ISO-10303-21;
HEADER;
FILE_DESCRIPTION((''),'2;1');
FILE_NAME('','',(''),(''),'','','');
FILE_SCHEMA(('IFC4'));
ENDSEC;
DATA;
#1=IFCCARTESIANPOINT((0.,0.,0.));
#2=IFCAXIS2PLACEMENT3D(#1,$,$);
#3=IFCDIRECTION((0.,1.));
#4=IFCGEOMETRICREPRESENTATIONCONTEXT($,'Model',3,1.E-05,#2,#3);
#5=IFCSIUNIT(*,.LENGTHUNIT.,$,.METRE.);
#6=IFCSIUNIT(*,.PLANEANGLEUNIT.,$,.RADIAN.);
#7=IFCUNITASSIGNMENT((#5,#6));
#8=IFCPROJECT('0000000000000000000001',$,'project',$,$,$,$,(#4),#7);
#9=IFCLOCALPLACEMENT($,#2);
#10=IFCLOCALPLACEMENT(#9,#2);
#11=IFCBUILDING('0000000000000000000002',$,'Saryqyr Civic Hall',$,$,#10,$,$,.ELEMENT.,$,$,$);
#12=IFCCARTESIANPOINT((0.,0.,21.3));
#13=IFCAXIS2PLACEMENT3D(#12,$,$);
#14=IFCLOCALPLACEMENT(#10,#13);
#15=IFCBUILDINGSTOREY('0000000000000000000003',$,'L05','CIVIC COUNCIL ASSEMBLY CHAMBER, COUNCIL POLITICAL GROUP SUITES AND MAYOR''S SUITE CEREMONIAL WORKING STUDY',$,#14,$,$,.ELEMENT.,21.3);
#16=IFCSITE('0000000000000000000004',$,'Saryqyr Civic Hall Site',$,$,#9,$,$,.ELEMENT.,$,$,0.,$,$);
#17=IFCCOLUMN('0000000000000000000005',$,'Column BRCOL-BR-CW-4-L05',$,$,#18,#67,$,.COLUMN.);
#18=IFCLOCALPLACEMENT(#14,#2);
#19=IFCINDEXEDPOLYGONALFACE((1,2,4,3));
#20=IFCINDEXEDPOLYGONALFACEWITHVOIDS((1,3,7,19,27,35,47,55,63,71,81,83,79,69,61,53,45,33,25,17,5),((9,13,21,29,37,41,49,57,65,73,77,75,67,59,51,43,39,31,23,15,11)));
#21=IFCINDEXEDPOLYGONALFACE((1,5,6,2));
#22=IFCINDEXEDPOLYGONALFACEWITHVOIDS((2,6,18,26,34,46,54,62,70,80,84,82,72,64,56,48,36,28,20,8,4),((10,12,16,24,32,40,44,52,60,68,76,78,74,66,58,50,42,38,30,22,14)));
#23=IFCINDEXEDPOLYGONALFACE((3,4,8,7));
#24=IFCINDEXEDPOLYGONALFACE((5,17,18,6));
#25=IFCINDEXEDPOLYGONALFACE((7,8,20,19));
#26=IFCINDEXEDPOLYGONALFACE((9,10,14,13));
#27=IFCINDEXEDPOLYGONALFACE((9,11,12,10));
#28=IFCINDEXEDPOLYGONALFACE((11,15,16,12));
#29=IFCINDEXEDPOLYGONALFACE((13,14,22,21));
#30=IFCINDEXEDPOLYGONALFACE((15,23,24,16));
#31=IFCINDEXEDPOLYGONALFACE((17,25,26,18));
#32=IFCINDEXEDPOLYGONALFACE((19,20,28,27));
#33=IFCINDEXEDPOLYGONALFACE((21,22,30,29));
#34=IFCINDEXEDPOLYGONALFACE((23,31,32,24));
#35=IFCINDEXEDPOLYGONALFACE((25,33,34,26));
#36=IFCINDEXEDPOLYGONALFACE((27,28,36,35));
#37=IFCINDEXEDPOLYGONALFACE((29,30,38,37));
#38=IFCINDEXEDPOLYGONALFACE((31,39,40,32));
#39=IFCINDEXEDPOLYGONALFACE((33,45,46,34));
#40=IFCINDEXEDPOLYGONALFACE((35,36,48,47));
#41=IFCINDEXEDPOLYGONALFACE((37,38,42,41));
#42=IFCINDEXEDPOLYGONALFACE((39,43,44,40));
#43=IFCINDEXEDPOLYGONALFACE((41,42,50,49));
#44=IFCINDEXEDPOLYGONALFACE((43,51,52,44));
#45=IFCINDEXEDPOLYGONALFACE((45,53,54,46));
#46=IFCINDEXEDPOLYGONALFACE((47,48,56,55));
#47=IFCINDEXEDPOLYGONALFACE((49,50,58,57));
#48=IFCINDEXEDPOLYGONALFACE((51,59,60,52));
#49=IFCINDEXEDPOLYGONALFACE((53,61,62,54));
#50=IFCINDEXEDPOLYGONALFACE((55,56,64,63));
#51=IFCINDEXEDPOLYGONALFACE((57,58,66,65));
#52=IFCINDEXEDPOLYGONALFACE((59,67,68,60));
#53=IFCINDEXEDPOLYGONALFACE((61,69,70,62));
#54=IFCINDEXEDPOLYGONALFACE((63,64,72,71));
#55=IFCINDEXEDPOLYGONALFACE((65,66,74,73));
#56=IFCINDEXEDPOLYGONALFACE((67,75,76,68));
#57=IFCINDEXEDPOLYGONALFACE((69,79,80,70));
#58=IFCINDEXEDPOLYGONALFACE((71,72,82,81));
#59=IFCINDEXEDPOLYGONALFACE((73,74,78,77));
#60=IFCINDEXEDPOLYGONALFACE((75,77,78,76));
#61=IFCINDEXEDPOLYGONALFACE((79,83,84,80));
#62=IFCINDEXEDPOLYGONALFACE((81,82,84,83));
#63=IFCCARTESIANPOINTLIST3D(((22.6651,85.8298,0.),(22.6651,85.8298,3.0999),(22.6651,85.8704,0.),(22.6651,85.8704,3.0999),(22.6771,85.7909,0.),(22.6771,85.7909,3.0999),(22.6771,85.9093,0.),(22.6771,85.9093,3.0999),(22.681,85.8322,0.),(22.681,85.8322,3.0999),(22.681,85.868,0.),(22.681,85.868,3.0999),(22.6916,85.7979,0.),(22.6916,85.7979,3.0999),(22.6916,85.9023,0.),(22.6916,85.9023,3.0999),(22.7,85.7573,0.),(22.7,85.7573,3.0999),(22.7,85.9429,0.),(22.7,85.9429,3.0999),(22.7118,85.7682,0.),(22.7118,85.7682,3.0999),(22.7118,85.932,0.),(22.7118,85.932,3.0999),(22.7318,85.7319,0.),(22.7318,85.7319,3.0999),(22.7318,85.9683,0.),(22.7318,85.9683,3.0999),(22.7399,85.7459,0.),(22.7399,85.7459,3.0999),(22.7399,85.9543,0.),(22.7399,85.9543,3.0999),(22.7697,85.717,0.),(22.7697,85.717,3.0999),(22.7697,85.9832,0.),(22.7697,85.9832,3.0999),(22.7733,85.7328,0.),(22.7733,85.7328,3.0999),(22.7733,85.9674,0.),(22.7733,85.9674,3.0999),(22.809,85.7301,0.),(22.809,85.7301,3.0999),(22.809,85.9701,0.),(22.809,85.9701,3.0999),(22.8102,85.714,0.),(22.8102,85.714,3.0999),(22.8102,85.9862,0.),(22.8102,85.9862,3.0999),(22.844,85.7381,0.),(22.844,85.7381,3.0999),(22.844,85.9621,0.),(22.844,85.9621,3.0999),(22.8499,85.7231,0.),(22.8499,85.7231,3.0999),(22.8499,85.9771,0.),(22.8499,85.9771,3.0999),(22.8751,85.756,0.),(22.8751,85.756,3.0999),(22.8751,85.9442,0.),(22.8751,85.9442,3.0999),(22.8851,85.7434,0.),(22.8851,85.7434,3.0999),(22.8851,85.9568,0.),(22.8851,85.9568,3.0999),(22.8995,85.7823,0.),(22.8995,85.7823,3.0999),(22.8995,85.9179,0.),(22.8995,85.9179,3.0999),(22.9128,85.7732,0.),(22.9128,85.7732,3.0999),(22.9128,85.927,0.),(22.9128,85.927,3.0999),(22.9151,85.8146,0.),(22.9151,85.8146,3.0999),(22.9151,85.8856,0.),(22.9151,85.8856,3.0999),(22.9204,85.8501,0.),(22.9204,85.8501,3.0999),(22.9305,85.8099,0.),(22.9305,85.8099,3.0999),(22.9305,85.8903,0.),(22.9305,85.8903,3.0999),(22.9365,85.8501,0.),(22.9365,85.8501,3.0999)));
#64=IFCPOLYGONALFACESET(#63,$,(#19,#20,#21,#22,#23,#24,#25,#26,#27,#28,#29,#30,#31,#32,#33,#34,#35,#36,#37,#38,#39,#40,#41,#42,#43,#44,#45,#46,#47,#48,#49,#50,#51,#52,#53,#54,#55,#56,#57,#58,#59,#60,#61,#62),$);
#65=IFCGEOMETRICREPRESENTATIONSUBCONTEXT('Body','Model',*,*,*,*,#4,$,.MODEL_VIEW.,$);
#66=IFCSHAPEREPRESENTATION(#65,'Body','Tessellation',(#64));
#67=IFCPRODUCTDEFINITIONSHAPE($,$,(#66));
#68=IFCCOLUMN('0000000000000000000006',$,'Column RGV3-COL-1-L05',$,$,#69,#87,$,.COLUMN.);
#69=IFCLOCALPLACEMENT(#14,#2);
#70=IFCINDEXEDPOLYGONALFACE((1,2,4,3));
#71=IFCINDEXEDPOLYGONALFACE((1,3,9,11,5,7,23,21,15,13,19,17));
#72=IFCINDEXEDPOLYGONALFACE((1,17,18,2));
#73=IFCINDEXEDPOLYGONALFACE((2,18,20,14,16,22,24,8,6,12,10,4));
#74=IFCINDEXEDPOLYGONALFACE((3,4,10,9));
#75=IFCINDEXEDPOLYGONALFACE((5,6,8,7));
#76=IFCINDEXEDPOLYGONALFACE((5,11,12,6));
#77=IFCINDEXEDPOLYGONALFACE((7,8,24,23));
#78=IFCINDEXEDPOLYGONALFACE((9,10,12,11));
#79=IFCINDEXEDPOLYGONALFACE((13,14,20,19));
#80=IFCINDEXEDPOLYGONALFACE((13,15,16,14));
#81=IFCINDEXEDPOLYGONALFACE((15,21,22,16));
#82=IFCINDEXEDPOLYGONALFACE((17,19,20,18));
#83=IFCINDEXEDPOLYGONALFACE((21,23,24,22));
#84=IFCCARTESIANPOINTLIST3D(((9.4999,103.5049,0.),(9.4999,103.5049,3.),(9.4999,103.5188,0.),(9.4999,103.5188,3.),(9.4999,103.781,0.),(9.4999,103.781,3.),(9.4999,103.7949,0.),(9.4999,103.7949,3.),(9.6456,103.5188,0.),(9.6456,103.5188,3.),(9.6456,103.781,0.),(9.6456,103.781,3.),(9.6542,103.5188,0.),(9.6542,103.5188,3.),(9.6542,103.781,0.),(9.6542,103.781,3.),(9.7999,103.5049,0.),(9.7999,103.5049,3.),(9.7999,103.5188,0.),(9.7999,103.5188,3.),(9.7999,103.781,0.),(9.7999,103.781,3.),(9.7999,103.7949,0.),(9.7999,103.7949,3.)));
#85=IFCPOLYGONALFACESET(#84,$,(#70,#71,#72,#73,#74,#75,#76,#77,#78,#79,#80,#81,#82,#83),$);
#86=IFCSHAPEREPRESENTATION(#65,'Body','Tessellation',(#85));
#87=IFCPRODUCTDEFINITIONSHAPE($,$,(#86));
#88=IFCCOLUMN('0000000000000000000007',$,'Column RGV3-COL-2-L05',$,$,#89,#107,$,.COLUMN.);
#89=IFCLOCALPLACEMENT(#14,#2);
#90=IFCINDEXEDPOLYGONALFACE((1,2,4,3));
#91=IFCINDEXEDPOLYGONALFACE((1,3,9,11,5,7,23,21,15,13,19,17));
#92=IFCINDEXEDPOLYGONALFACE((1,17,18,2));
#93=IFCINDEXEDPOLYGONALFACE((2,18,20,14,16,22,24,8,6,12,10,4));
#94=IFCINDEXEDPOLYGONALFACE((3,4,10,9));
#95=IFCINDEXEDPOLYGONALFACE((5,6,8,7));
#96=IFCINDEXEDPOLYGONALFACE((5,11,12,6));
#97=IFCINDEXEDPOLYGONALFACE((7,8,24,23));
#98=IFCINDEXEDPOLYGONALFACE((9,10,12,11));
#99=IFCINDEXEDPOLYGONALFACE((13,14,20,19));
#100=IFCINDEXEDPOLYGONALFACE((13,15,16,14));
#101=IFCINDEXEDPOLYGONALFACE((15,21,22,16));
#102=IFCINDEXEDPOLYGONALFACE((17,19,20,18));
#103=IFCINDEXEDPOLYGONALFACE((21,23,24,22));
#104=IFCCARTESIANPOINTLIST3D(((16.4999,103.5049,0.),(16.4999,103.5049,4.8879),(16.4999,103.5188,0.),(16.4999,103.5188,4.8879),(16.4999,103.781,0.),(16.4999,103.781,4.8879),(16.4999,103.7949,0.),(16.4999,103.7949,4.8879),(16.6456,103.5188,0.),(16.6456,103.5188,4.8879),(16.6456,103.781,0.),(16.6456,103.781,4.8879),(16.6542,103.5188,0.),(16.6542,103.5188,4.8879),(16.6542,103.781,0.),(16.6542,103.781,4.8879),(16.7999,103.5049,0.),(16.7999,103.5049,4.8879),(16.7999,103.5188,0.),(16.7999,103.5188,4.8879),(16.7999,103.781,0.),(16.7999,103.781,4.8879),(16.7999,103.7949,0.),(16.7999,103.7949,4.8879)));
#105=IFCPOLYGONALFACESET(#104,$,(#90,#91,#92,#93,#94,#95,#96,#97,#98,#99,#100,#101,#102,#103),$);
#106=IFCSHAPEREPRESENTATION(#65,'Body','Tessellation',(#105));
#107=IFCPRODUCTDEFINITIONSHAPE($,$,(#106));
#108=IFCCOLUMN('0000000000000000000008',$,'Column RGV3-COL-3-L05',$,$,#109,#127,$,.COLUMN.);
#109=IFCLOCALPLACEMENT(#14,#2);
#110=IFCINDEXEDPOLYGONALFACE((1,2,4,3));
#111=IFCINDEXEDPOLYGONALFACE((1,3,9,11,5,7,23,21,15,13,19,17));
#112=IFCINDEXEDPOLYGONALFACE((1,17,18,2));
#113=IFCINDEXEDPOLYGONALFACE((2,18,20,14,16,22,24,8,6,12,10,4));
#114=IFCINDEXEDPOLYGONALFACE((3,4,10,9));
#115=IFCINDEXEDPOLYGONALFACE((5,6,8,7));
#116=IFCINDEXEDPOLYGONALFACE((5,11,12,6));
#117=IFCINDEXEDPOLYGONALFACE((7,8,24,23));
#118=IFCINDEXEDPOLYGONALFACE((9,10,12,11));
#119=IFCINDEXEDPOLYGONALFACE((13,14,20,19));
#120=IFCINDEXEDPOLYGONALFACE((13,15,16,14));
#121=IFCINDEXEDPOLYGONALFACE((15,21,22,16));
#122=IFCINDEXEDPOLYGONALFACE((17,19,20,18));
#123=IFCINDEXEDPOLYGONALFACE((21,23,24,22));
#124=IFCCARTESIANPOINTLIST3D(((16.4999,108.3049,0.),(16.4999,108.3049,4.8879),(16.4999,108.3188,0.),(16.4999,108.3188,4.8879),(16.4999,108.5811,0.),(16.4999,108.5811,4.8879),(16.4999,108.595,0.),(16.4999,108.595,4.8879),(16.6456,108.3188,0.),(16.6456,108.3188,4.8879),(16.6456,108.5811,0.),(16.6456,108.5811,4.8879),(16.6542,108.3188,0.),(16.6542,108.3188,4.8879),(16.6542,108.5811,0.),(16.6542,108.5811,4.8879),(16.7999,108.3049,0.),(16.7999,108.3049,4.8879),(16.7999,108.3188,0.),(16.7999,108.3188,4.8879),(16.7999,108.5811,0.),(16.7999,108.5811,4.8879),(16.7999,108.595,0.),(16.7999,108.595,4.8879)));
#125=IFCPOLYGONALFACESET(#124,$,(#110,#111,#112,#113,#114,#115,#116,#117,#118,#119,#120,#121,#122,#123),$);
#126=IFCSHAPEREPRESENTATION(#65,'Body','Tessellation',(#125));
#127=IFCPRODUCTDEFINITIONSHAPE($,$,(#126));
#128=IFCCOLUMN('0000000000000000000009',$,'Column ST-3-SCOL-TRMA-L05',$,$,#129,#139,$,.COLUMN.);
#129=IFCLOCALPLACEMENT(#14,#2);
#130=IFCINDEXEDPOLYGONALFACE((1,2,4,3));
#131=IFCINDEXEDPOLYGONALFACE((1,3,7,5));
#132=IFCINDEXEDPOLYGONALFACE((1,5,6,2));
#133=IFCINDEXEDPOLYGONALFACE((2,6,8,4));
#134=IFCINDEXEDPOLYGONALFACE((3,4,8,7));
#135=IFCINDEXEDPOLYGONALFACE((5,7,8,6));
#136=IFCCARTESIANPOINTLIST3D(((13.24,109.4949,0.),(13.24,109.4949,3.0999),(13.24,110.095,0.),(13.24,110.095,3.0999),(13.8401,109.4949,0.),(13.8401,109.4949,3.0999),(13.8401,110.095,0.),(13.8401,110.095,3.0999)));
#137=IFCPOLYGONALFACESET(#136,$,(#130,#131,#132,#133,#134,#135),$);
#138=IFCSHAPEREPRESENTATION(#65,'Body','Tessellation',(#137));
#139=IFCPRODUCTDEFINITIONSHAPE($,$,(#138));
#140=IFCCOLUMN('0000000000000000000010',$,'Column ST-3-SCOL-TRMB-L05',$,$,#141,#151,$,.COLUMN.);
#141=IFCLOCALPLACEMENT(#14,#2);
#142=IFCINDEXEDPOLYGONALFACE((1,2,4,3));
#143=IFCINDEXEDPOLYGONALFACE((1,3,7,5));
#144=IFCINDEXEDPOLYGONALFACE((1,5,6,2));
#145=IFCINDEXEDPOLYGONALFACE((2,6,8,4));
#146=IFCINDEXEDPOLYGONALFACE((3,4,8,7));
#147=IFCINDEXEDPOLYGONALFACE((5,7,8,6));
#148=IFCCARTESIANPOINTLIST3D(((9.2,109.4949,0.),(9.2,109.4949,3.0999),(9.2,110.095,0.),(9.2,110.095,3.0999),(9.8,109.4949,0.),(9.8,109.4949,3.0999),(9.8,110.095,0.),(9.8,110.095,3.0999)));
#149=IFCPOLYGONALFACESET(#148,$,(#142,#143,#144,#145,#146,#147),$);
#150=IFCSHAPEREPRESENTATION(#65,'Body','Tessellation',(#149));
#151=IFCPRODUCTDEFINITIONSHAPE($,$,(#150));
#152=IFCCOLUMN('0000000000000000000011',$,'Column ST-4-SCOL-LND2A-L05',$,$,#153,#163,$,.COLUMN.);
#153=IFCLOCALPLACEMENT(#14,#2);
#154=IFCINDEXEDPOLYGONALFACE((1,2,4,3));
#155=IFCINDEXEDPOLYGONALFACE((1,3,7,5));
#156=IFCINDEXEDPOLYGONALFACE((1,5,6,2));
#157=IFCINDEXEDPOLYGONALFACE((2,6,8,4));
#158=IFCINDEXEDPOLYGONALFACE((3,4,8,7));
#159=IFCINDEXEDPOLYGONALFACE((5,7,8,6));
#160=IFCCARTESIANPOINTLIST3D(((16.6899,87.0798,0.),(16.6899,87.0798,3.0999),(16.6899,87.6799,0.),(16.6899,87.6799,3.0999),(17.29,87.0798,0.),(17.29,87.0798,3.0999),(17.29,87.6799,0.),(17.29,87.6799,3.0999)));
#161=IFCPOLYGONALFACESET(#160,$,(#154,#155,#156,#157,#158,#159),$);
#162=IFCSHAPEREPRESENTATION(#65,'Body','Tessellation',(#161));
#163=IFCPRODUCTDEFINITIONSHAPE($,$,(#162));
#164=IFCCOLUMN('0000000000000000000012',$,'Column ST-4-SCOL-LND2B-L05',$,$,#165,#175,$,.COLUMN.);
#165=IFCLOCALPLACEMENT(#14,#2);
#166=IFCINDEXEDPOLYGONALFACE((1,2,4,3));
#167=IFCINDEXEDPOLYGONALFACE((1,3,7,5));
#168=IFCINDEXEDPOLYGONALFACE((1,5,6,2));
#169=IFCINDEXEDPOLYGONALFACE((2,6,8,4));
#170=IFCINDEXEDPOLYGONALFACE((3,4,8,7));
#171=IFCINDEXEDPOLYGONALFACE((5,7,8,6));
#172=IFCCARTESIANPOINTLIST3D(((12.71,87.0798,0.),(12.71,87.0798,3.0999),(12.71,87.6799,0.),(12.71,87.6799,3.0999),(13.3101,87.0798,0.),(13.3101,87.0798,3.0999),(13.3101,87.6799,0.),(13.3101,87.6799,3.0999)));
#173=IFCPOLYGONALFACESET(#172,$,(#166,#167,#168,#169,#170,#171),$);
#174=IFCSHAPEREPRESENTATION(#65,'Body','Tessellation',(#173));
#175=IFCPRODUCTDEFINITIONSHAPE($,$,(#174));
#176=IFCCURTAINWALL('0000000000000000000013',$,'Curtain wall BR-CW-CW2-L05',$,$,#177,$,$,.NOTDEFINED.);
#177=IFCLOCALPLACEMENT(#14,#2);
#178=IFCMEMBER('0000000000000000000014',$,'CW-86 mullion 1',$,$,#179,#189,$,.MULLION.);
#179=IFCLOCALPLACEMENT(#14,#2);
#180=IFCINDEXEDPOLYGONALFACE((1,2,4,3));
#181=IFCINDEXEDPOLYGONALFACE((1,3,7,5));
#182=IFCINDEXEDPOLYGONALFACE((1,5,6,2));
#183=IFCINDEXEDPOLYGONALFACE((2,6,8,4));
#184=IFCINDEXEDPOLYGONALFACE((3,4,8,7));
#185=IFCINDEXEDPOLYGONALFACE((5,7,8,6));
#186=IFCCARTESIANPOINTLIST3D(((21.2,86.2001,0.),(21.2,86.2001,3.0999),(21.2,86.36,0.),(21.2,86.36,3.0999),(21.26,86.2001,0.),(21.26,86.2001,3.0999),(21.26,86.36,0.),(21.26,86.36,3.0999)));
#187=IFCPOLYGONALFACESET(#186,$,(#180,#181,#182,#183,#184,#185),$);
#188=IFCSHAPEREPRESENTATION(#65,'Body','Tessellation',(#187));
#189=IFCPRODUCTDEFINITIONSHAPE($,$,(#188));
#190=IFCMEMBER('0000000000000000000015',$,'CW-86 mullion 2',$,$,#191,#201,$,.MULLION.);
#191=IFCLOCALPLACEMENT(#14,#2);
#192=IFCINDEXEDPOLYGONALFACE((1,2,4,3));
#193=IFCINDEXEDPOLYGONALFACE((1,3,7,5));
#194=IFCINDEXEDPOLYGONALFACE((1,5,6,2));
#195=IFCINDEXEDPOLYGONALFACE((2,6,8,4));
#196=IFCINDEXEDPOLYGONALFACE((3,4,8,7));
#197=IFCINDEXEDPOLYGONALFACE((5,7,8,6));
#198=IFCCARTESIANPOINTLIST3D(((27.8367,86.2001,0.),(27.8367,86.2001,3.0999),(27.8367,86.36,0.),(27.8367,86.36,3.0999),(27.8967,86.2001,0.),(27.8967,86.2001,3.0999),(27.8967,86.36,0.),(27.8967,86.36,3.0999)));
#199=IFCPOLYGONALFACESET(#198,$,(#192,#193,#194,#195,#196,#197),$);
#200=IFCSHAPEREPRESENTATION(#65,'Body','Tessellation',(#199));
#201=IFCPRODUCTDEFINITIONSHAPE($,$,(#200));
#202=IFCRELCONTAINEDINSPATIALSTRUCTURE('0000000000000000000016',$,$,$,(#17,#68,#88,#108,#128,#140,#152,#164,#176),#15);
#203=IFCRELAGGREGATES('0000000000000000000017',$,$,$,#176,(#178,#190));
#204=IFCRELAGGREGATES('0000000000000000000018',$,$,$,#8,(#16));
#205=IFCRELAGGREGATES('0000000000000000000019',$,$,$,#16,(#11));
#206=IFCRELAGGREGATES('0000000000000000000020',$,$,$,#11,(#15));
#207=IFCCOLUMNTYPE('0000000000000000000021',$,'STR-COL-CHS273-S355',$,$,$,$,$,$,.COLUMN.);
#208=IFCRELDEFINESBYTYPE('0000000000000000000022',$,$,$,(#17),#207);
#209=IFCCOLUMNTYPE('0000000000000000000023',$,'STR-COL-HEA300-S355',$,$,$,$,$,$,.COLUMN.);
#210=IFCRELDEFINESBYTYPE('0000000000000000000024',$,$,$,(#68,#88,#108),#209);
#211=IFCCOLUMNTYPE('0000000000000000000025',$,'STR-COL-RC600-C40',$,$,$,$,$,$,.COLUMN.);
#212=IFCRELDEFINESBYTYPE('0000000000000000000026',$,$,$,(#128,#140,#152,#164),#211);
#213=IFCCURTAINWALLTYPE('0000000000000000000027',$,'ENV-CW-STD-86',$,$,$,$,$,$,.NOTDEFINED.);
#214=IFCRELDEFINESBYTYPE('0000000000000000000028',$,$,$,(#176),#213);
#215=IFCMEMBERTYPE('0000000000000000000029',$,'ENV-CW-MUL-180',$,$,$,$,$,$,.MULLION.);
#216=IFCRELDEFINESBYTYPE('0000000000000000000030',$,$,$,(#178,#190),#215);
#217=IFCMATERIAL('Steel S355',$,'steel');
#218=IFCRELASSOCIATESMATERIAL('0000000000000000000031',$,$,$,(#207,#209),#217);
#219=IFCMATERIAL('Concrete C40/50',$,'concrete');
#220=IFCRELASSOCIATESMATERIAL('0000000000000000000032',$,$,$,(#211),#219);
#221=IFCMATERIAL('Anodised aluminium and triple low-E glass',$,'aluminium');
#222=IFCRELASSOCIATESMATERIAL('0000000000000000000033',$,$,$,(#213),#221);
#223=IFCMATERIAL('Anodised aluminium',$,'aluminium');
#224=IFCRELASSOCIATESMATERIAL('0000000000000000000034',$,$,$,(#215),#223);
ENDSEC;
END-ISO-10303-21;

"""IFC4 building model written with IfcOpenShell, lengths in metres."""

from ifc_helpers import new_model, si_unit, direction, frame, origin, origin_2d, place, context, subcontext, project, spatial, rectangle, hollow_circle, i_section, extrude, material, material_profile, profile_set, type_object, element, aggregate, save


model = new_model("IFC4")

# Units and contexts
model_context = context("Model", 3, precision=1e-05, world=origin(), true_north=direction((0.0, 1.0)))
body_context = subcontext(model_context, "Body", "Model", "MODEL_VIEW")
ifc_project = project(units=[si_unit("LENGTHUNIT", "METRE"), si_unit("PLANEANGLEUNIT", "RADIAN")], contexts=[model_context])

# Site, building, storey
site_placement = place(None, origin())
site = spatial("IfcSite", under=ifc_project, at=site_placement, Name="Saryqyr Civic Hall Site", CompositionType="ELEMENT", RefElevation=0.0)
building_placement = place(site_placement, origin())
building = spatial("IfcBuilding", under=site, at=building_placement, Name="Saryqyr Civic Hall", CompositionType="ELEMENT")
storey_placement = place(building_placement, frame((0.0, 0.0, 21.3)))
storey = spatial("IfcBuildingStorey", under=building, at=storey_placement, Name="L05", Description="CIVIC COUNCIL ASSEMBLY CHAMBER, COUNCIL POLITICAL GROUP SUITES AND MAYOR'S SUITE CEREMONIAL WORKING STUDY", CompositionType="ELEMENT", Elevation=21.3)

# Columns
ifc_material_1 = material(Name="Steel S355", Category="steel")
ifc_material_profile_1 = material_profile(ifc_material_1, hollow_circle(Radius=0.1365, WallThickness=0.0161, at=origin_2d()), Name="CHS 273x16")
ifc_profile_set_1 = profile_set([ifc_material_profile_1], Name="Steel S355")
column_type_1 = type_object("IfcColumnType", Name="STR-COL-CHS273-S355", PredefinedType="COLUMN", material=ifc_profile_set_1)
column_1_placement = place(storey_placement, frame((22.8, 85.8501, 0.0), z_axis=(0.0, 0.0, 1.0), x_axis=(1.0, 0.0, 0.0)))
element("IfcColumn", 1, at=column_1_placement, inside=storey, type_object=column_type_1, Name="Column BRCOL-BR-CW-4-L05", PredefinedType="COLUMN", context=body_context, shape_type="SweptSolid", body=[
    extrude(hollow_circle(Radius=0.1365, WallThickness=0.0161, at=origin_2d()), origin(), (0.0, 0.0, 1.0), 3.0999),
])
ifc_material_profile_2 = material_profile(ifc_material_1, i_section(OverallWidth=0.3, OverallDepth=0.29, WebThickness=0.0085, FlangeThickness=0.0139, at=origin_2d()), Name="HEA 300")
ifc_profile_set_2 = profile_set([ifc_material_profile_2], Name="Steel S355")
column_type_2 = type_object("IfcColumnType", Name="STR-COL-HEA300-S355", PredefinedType="COLUMN", material=ifc_profile_set_2)
column_2_placement = place(storey_placement, frame((9.6499, 103.6499, 0.0), z_axis=(0.0, 0.0, 1.0), x_axis=(1.0, 0.0, 0.0)))
element("IfcColumn", 2, at=column_2_placement, inside=storey, type_object=column_type_2, Name="Column RGV3-COL-1-L05", PredefinedType="COLUMN", context=body_context, shape_type="SweptSolid", body=[
    extrude(i_section(OverallWidth=0.3, OverallDepth=0.29, WebThickness=0.0085, FlangeThickness=0.0139, at=origin_2d()), origin(), (0.0, 0.0, 1.0), 3.0),
])
for number, where, z_axis, x_axis, name in (
    (3, (16.6499, 103.6499, 0.0), (0.0, 0.0, 1.0), (1.0, 0.0, 0.0), "Column RGV3-COL-2-L05"),
    (4, (16.6499, 108.45, 0.0), (0.0, 0.0, 1.0), (1.0, 0.0, 0.0), "Column RGV3-COL-3-L05"),
):
    element("IfcColumn", number, at=place(storey_placement, frame(where, z_axis=z_axis, x_axis=x_axis)), inside=storey, type_object=column_type_2, Name=name, PredefinedType="COLUMN", context=body_context, shape_type="SweptSolid", body=[
        extrude(i_section(OverallWidth=0.3, OverallDepth=0.29, WebThickness=0.0085, FlangeThickness=0.0139, at=origin_2d()), origin(), (0.0, 0.0, 1.0), 4.8879),
    ])
ifc_material_2 = material(Name="Concrete C40/50", Category="concrete")
ifc_material_profile_3 = material_profile(ifc_material_2, rectangle(XDim=0.6001, YDim=0.6001, at=origin_2d()), Name="RC 600x600")
ifc_profile_set_3 = profile_set([ifc_material_profile_3], Name="Concrete C40/50")
column_type_3 = type_object("IfcColumnType", Name="STR-COL-RC600-C40", PredefinedType="COLUMN", material=ifc_profile_set_3)
for number, where, z_axis, x_axis, name in (
    (5, (13.54, 109.7949, 0.0), (0.0, 0.0, 1.0), (1.0, 0.0, 0.0), "Column ST-3-SCOL-TRMA-L05"),
    (6, (9.5, 109.7949, 0.0), (0.0, 0.0, 1.0), (1.0, 0.0, 0.0), "Column ST-3-SCOL-TRMB-L05"),
    (7, (16.99, 87.3799, 0.0), (0.0, 0.0, 1.0), (1.0, 0.0, 0.0), "Column ST-4-SCOL-LND2A-L05"),
    (8, (13.01, 87.3799, 0.0), (0.0, 0.0, 1.0), (1.0, 0.0, 0.0), "Column ST-4-SCOL-LND2B-L05"),
):
    element("IfcColumn", number, at=place(storey_placement, frame(where, z_axis=z_axis, x_axis=x_axis)), inside=storey, type_object=column_type_3, Name=name, PredefinedType="COLUMN", context=body_context, shape_type="SweptSolid", body=[
        extrude(rectangle(XDim=0.6001, YDim=0.6001, at=origin_2d()), origin(), (0.0, 0.0, 1.0), 3.0999),
    ])

# Curtain wall, members
ifc_material_3 = material(Name="Anodised aluminium and triple low-E glass", Category="aluminium")
curtain_wall_type = type_object("IfcCurtainWallType", Name="ENV-CW-STD-86", PredefinedType="NOTDEFINED", material=ifc_material_3)
curtain_wall_placement = place(storey_placement, origin())
curtain_wall = element("IfcCurtainWall", 9, at=curtain_wall_placement, inside=storey, type_object=curtain_wall_type, Name="Curtain wall BR-CW-CW2-L05", PredefinedType="NOTDEFINED")
ifc_material_4 = material(Name="Anodised aluminium", Category="aluminium")
ifc_material_profile_4 = material_profile(ifc_material_4, rectangle(XDim=0.0601, YDim=0.1599, at=origin_2d()), Name="ALU MULLION 60x160")
ifc_profile_set_4 = profile_set([ifc_material_profile_4], Name="Anodised aluminium")
member_type_1 = type_object("IfcMemberType", Name="ENV-CW-MUL-180", PredefinedType="MULLION", material=ifc_profile_set_4)
member_1_placement = place(storey_placement, frame((21.23, 86.28, 0.0), z_axis=(0.0, 0.0, 1.0), x_axis=(1.0, 0.0, 0.0)))
member_1 = element("IfcMember", 10, at=member_1_placement, type_object=member_type_1, Name="CW-86 mullion 1", PredefinedType="MULLION", context=body_context, shape_type="SweptSolid", body=[
    extrude(rectangle(XDim=0.0601, YDim=0.1599, at=origin_2d()), origin(), (0.0, 0.0, 1.0), 3.0999),
])
member_2_placement = place(storey_placement, frame((27.8667, 86.28, 0.0), z_axis=(0.0, 0.0, 1.0), x_axis=(1.0, 0.0, 0.0)))
member_2 = element("IfcMember", 11, at=member_2_placement, type_object=member_type_1, Name="CW-86 mullion 2", PredefinedType="MULLION", context=body_context, shape_type="SweptSolid", body=[
    extrude(rectangle(XDim=0.0601, YDim=0.1599, at=origin_2d()), origin(), (0.0, 0.0, 1.0), 3.0999),
])
aggregate(curtain_wall, [member_1, member_2])

save(model, "model.ifc")
